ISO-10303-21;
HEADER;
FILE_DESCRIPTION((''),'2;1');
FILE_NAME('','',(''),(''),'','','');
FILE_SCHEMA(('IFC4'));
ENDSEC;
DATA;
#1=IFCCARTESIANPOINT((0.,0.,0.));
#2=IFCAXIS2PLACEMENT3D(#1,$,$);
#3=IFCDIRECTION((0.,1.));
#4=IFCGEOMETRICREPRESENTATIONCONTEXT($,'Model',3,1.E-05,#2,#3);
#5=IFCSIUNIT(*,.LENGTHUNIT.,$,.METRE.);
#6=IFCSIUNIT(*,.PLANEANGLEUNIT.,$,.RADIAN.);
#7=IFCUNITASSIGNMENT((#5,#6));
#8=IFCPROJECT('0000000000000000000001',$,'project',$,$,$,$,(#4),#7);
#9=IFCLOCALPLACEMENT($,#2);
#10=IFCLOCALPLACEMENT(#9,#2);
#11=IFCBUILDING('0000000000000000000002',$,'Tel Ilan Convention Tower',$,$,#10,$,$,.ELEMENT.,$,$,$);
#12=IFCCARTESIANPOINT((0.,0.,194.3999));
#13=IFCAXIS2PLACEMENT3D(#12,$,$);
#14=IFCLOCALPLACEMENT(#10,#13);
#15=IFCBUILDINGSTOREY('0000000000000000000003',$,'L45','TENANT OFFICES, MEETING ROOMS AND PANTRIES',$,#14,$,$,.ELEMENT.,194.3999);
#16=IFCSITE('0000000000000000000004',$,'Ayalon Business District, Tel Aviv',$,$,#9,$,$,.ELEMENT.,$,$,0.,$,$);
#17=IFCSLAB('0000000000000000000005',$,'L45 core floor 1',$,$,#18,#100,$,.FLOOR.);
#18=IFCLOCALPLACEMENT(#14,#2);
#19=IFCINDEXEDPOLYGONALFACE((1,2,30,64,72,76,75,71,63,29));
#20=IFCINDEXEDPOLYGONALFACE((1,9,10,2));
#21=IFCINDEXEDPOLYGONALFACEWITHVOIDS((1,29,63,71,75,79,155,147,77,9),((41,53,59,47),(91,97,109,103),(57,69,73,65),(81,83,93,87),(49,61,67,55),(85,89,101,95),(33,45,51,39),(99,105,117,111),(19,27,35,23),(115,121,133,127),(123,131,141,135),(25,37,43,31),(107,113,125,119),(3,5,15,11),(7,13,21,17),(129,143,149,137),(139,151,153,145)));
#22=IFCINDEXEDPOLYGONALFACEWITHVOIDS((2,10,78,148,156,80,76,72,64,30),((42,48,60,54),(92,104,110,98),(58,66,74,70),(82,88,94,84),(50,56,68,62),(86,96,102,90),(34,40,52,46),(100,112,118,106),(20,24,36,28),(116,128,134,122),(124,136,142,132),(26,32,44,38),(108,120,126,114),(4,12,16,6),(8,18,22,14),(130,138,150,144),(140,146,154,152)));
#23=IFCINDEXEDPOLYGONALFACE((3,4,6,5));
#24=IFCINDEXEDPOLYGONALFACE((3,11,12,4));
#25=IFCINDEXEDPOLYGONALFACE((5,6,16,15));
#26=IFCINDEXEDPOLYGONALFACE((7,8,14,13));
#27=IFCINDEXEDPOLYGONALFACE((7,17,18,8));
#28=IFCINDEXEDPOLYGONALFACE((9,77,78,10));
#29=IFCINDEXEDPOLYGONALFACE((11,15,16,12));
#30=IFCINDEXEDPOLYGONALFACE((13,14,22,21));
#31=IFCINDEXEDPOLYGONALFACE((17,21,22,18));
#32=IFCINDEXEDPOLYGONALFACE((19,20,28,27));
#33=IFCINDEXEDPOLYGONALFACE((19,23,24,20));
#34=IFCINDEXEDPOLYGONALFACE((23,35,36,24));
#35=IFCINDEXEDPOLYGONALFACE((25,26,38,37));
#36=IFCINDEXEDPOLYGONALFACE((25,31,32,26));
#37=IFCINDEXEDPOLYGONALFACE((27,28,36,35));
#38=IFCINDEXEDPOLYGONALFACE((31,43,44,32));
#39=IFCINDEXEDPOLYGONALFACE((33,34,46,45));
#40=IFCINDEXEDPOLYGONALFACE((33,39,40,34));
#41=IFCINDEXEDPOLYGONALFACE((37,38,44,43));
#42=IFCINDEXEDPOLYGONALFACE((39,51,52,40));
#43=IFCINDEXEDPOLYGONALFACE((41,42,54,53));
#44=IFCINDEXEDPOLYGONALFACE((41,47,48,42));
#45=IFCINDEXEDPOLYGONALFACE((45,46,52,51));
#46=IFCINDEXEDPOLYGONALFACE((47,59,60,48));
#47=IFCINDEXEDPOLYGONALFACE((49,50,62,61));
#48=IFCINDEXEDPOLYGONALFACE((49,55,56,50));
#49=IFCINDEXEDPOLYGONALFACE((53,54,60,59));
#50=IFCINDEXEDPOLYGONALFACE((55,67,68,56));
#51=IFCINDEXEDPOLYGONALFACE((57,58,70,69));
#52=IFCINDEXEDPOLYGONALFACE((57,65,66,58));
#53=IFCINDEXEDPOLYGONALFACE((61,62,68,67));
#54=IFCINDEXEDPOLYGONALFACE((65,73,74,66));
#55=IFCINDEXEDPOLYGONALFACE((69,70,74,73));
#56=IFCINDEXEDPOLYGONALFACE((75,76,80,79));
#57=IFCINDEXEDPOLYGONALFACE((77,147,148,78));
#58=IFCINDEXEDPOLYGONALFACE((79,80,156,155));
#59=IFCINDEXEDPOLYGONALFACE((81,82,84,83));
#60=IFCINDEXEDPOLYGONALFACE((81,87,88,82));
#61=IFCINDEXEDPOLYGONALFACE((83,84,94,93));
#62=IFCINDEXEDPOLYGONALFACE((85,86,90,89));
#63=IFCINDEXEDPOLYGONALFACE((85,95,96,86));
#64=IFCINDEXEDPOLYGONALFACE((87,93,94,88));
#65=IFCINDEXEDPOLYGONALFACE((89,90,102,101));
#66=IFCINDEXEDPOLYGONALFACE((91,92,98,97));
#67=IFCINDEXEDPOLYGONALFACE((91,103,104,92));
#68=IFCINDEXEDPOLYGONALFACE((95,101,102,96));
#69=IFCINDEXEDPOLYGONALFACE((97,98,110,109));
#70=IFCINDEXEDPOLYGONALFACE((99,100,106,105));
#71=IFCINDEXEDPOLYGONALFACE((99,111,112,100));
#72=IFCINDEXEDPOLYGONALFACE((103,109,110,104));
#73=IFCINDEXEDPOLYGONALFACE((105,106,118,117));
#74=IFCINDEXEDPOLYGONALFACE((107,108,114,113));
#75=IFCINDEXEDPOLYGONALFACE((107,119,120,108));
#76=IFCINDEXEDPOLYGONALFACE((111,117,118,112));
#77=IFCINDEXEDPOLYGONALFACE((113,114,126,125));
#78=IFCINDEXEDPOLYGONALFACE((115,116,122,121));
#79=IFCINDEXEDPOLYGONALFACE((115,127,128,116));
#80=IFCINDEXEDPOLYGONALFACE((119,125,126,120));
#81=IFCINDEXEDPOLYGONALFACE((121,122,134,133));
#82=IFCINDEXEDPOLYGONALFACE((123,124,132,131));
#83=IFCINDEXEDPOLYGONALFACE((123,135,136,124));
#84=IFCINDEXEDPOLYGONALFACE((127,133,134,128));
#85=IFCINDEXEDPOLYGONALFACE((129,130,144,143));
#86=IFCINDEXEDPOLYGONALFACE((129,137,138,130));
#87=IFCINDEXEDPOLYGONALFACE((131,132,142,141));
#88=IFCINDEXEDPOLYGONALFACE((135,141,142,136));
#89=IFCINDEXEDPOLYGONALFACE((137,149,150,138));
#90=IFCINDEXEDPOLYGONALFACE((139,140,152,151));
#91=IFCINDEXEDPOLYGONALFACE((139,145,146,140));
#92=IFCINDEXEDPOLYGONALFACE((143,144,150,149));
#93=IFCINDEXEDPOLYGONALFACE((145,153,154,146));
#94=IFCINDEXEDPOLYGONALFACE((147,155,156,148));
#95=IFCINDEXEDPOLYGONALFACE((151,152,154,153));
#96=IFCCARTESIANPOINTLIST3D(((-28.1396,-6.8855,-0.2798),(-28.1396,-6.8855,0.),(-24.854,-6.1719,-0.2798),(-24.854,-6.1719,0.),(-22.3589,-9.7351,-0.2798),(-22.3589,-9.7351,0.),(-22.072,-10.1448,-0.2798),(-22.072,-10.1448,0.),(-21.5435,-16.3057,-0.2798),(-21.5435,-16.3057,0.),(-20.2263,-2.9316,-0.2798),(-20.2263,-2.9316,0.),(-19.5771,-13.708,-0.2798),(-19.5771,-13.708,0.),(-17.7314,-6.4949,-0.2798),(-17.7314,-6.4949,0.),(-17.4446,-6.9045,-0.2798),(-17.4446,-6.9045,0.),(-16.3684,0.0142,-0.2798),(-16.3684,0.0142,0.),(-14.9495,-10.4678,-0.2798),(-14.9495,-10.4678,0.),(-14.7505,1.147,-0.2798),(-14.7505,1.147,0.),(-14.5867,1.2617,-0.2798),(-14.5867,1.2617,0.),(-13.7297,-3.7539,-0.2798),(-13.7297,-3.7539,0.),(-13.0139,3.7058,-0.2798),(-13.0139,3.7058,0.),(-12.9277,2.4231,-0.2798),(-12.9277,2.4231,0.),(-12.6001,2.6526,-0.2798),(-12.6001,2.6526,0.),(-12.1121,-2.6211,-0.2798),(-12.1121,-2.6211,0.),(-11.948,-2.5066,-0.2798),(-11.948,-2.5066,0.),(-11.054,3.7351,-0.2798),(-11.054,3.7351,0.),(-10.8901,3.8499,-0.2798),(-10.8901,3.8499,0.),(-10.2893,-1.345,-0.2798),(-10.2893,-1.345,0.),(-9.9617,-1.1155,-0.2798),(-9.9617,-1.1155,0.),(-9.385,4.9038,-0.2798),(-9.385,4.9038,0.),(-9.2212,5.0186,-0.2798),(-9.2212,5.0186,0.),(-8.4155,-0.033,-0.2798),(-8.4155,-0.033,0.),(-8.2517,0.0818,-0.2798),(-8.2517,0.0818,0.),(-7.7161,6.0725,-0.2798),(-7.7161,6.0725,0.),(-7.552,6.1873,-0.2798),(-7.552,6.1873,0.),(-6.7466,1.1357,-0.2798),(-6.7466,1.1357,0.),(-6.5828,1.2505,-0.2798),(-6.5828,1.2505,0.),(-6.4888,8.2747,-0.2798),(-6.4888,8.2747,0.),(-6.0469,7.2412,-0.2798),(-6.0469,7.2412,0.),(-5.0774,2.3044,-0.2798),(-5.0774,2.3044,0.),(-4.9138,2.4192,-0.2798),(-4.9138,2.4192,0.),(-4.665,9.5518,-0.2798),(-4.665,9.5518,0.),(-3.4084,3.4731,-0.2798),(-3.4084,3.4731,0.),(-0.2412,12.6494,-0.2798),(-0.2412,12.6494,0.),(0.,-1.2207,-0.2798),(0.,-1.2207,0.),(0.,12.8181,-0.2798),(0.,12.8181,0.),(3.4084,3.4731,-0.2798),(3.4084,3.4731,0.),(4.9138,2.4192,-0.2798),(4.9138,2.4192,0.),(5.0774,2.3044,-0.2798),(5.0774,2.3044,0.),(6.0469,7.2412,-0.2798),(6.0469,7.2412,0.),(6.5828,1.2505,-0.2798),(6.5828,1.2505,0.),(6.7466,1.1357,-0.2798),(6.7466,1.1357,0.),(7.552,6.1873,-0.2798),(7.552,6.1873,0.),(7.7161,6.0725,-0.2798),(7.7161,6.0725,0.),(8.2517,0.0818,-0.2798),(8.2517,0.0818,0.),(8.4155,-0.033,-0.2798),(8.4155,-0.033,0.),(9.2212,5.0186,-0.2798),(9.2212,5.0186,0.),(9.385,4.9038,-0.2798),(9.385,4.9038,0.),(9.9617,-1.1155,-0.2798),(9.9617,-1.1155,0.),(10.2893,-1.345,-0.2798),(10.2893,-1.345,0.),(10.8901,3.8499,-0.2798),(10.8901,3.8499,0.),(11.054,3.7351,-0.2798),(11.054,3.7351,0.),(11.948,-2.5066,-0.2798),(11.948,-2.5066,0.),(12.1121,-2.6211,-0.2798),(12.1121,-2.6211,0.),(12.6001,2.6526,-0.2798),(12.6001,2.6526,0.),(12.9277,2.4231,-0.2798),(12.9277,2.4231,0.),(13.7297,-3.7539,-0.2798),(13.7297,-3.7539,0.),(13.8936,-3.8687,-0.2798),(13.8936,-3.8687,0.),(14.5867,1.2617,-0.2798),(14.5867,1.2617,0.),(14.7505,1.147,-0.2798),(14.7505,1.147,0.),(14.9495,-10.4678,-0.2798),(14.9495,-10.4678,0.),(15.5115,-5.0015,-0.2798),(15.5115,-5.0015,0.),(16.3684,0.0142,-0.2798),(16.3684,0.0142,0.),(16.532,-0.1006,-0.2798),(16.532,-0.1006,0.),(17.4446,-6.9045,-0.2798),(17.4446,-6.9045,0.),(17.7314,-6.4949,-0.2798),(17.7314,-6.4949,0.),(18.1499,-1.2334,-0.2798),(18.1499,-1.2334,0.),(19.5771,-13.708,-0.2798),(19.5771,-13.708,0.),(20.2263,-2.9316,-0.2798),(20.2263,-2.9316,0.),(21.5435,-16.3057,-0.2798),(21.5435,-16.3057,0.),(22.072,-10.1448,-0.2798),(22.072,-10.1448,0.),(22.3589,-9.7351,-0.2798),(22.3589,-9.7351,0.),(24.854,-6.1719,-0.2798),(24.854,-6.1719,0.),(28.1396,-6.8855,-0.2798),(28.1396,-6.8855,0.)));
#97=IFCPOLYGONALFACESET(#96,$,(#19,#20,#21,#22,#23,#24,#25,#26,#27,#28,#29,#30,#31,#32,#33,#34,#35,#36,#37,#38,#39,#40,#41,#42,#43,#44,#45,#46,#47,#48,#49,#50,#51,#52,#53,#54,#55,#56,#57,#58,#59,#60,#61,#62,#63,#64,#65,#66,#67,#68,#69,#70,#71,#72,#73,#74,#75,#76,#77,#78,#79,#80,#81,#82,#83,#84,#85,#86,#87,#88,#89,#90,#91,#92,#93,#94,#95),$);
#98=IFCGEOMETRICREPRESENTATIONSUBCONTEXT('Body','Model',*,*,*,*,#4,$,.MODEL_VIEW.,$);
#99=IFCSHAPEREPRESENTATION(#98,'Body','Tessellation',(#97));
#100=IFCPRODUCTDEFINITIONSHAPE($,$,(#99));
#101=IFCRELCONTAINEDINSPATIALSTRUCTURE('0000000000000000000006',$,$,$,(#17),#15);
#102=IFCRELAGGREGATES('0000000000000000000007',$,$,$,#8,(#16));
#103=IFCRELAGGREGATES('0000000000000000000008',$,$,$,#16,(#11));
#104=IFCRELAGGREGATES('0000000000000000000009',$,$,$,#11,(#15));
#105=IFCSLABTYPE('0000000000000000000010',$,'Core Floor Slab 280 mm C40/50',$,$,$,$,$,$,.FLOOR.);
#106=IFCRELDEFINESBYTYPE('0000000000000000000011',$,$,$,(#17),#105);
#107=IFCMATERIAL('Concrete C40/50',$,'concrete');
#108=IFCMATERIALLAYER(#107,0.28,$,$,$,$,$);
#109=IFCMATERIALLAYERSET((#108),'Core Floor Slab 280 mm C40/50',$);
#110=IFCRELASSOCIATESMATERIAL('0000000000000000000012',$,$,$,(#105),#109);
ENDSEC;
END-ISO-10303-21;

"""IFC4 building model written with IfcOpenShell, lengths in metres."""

from ifc_helpers import new_model, si_unit, direction, frame, origin, place, context, subcontext, project, spatial, polyline, outline, extrude, material, layer, layer_set, type_object, element, save


model = new_model("IFC4")

# Units and contexts
model_context = context("Model", 3, precision=1e-05, world=origin(), true_north=direction((0.0, 1.0)))
body_context = subcontext(model_context, "Body", "Model", "MODEL_VIEW")
ifc_project = project(units=[si_unit("LENGTHUNIT", "METRE"), si_unit("PLANEANGLEUNIT", "RADIAN")], contexts=[model_context])

# Site, building, storey
site_placement = place(None, origin())
site = spatial("IfcSite", under=ifc_project, at=site_placement, Name="Ayalon Business District, Tel Aviv", CompositionType="ELEMENT", RefElevation=0.0)
building_placement = place(site_placement, origin())
building = spatial("IfcBuilding", under=site, at=building_placement, Name="Tel Ilan Convention Tower", CompositionType="ELEMENT")
storey_placement = place(building_placement, frame((0.0, 0.0, 194.3999)))
storey = spatial("IfcBuildingStorey", under=building, at=storey_placement, Name="L45", Description="TENANT OFFICES, MEETING ROOMS AND PANTRIES", CompositionType="ELEMENT", Elevation=194.3999)

# Slab
ifc_material_1 = material(Name="Concrete C40/50", Category="concrete")
ifc_layer_1 = layer(ifc_material_1, 0.28)
ifc_layer_set_1 = layer_set([ifc_layer_1], Name="Core Floor Slab 280 mm C40/50")
slab_type = type_object("IfcSlabType", Name="Core Floor Slab 280 mm C40/50", PredefinedType="FLOOR", material=ifc_layer_set_1)
slab_placement = place(storey_placement, frame((0.0, 0.0, -0.2798)))
element("IfcSlab", 1, at=slab_placement, inside=storey, type_object=slab_type, Name="L45 core floor 1", PredefinedType="FLOOR", context=body_context, shape_type="SweptSolid", body=[
    extrude(outline(polyline([(0.0, 12.8181), (28.1396, -6.8855), (21.5435, -16.3057), (0.0, -1.2207), (-21.5435, -16.3057), (-28.1396, -6.8855), (-13.0139, 3.7058), (-6.4888, 8.2747), (-4.665, 9.5518), (-0.2412, 12.6494), (0.0, 12.8181)]), holes=[polyline([(-14.9495, -10.4678), (-17.4446, -6.9045), (-22.072, -10.1448), (-19.5771, -13.708), (-14.9495, -10.4678)]), polyline([(-17.7314, -6.4949), (-20.2263, -2.9316), (-24.854, -6.1719), (-22.3589, -9.7351), (-17.7314, -6.4949)]), polyline([(-14.7505, 1.147), (-16.3684, 0.0142), (-13.7297, -3.7539), (-12.1121, -2.6211), (-14.7505, 1.147)]), polyline([(-12.9277, 2.4231), (-14.5867, 1.2617), (-11.948, -2.5066), (-10.2893, -1.345), (-12.9277, 2.4231)]), polyline([(-11.054, 3.7351), (-12.6001, 2.6526), (-9.9617, -1.1155), (-8.4155, -0.033), (-11.054, 3.7351)]), polyline([(-9.385, 4.9038), (-10.8901, 3.8499), (-8.2517, 0.0818), (-6.7466, 1.1357), (-9.385, 4.9038)]), polyline([(-7.7161, 6.0725), (-9.2212, 5.0186), (-6.5828, 1.2505), (-5.0774, 2.3044), (-7.7161, 6.0725)]), polyline([(-6.0469, 7.2412), (-7.552, 6.1873), (-4.9138, 2.4192), (-3.4084, 3.4731), (-6.0469, 7.2412)]), polyline([(4.9138, 2.4192), (7.552, 6.1873), (6.0469, 7.2412), (3.4084, 3.4731), (4.9138, 2.4192)]), polyline([(17.4446, -6.9045), (14.9495, -10.4678), (19.5771, -13.708), (22.072, -10.1448), (17.4446, -6.9045)]), polyline([(20.2263, -2.9316), (17.7314, -6.4949), (22.3589, -9.7351), (24.854, -6.1719), (20.2263, -2.9316)]), polyline([(15.5115, -5.0015), (18.1499, -1.2334), (16.532, -0.1006), (13.8936, -3.8687), (15.5115, -5.0015)]), polyline([(13.7297, -3.7539), (16.3684, 0.0142), (14.7505, 1.147), (12.1121, -2.6211), (13.7297, -3.7539)]), polyline([(11.948, -2.5066), (14.5867, 1.2617), (12.9277, 2.4231), (10.2893, -1.345), (11.948, -2.5066)]), polyline([(9.9617, -1.1155), (12.6001, 2.6526), (11.054, 3.7351), (8.4155, -0.033), (9.9617, -1.1155)]), polyline([(6.7466, 1.1357), (8.2517, 0.0818), (10.8901, 3.8499), (9.385, 4.9038), (6.7466, 1.1357)]), polyline([(5.0774, 2.3044), (6.5828, 1.2505), (9.2212, 5.0186), (7.7161, 6.0725), (5.0774, 2.3044)])]), origin(), (0.0, 0.0, 1.0), 0.2798),
])

save(model, "model.ifc")
